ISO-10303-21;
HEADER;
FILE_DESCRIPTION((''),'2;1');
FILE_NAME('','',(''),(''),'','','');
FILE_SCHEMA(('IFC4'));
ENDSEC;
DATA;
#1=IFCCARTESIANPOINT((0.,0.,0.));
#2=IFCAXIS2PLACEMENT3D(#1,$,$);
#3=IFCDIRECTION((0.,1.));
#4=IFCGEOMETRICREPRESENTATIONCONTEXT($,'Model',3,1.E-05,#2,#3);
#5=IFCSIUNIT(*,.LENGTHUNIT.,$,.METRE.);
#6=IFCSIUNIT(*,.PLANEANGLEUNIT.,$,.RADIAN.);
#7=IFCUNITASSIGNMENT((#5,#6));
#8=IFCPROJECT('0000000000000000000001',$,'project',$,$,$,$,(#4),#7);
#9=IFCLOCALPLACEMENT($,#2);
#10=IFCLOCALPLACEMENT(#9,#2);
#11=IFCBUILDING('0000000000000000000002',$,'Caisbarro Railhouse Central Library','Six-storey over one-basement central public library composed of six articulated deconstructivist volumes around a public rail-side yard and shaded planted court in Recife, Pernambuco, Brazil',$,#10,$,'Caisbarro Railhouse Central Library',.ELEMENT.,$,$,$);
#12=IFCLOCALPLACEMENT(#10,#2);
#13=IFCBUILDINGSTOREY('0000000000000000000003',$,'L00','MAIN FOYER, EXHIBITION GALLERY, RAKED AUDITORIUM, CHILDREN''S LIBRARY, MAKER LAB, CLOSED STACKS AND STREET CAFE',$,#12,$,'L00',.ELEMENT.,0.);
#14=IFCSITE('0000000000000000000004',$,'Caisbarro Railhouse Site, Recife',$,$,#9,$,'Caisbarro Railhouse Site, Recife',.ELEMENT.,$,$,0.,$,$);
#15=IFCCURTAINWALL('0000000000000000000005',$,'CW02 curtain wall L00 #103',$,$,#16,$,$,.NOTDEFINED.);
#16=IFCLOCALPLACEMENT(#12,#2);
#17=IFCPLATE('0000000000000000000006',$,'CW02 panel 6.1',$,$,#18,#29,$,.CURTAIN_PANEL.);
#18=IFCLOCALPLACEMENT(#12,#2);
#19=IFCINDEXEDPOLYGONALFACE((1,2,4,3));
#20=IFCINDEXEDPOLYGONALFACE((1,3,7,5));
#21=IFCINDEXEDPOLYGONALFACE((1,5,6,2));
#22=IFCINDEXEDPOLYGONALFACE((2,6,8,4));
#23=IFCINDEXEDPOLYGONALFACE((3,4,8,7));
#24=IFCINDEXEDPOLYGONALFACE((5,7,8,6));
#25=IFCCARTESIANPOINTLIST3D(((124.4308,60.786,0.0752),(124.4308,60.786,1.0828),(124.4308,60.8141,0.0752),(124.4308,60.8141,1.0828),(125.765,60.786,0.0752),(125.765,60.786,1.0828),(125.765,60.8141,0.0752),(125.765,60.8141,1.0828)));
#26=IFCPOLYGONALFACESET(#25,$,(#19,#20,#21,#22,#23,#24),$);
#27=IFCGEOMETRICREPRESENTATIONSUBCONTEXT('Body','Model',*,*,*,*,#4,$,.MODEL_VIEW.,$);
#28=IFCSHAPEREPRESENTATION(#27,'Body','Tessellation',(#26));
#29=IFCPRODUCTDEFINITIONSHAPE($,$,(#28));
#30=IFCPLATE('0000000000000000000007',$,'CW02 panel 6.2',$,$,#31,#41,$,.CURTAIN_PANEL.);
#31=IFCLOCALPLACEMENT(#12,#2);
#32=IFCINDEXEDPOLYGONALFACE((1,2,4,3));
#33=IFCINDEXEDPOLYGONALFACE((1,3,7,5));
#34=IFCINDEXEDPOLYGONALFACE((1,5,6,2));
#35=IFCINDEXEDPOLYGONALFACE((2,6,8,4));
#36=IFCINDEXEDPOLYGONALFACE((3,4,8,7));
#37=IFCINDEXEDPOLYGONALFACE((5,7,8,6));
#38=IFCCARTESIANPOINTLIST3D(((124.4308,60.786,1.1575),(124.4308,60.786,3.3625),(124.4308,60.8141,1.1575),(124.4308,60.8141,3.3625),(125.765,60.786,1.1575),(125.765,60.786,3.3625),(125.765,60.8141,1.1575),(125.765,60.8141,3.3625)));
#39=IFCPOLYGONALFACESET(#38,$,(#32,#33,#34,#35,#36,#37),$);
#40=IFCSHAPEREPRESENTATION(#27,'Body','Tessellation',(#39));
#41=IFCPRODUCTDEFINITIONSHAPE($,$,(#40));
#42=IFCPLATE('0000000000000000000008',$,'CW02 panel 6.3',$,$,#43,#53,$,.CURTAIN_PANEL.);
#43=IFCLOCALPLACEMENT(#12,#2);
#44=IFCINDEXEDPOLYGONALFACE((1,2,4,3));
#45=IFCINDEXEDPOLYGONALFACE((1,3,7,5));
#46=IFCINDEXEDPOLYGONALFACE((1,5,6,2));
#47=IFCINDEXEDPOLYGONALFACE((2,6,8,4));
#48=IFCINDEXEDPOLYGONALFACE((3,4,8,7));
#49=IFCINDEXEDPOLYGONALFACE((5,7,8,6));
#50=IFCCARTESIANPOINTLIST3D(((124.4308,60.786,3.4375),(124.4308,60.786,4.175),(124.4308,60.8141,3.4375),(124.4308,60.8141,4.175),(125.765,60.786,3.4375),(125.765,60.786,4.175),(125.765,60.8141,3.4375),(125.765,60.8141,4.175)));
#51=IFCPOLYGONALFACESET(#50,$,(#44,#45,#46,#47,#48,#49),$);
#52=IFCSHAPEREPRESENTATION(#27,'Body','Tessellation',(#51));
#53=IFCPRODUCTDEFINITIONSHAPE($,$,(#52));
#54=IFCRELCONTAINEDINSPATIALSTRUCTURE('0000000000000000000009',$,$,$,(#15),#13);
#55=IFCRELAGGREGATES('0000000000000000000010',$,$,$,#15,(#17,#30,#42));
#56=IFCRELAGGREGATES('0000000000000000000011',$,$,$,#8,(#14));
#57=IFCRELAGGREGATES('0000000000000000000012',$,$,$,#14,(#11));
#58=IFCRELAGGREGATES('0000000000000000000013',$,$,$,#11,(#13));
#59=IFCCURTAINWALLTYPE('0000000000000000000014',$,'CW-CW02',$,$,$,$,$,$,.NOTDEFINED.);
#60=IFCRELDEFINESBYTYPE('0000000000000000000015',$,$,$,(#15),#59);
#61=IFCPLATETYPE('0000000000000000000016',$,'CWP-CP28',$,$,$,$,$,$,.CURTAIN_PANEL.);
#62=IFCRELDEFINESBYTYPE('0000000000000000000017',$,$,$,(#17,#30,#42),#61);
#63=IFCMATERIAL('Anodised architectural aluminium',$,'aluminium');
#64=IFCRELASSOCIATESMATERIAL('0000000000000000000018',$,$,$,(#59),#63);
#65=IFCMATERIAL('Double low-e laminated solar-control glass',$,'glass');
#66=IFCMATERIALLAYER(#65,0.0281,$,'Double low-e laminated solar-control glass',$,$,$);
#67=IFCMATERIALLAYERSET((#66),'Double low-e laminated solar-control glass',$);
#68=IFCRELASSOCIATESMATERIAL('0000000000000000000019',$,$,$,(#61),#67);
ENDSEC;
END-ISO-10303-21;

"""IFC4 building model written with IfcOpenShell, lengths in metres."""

from ifc_helpers import new_model, si_unit, direction, frame, origin, origin_2d, place, context, subcontext, project, spatial, rectangle, extrude, material, layer, layer_set, type_object, element, aggregate, save


model = new_model("IFC4")

# Units and contexts
model_context = context("Model", 3, precision=1e-05, world=origin(), true_north=direction((0.0, 1.0)))
body_context = subcontext(model_context, "Body", "Model", "MODEL_VIEW")
ifc_project = project(units=[si_unit("LENGTHUNIT", "METRE"), si_unit("PLANEANGLEUNIT", "RADIAN")], contexts=[model_context])

# Site, building, storey
site_placement = place(None, origin())
site = spatial("IfcSite", under=ifc_project, at=site_placement, Name="Caisbarro Railhouse Site, Recife", LongName="Caisbarro Railhouse Site, Recife", CompositionType="ELEMENT", RefElevation=0.0)
building_placement = place(site_placement, origin())
building = spatial("IfcBuilding", under=site, at=building_placement, Name="Caisbarro Railhouse Central Library", Description="Six-storey over one-basement central public library composed of six articulated deconstructivist volumes around a public rail-side yard and shaded planted court in Recife, Pernambuco, Brazil", LongName="Caisbarro Railhouse Central Library", CompositionType="ELEMENT")
storey_placement = place(building_placement, origin())
storey = spatial("IfcBuildingStorey", under=building, at=storey_placement, Name="L00", Description="MAIN FOYER, EXHIBITION GALLERY, RAKED AUDITORIUM, CHILDREN'S LIBRARY, MAKER LAB, CLOSED STACKS AND STREET CAFE", LongName="L00", CompositionType="ELEMENT", Elevation=0.0)

# Curtain wall, plates
ifc_material_1 = material(Name="Anodised architectural aluminium", Category="aluminium")
curtain_wall_type = type_object("IfcCurtainWallType", Name="CW-CW02", PredefinedType="NOTDEFINED", material=ifc_material_1)
curtain_wall_placement = place(storey_placement, origin())
curtain_wall = element("IfcCurtainWall", 1, at=curtain_wall_placement, inside=storey, type_object=curtain_wall_type, Name="CW02 curtain wall L00 #103", PredefinedType="NOTDEFINED")
ifc_material_2 = material(Name="Double low-e laminated solar-control glass", Category="glass")
ifc_layer = layer(ifc_material_2, 0.0281, Name="Double low-e laminated solar-control glass")
ifc_layer_set = layer_set([ifc_layer], Name="Double low-e laminated solar-control glass")
plate_type = type_object("IfcPlateType", Name="CWP-CP28", PredefinedType="CURTAIN_PANEL", material=ifc_layer_set)
plate_1_placement = place(storey_placement, frame((125.0979, 60.8, 0.0752), z_axis=(0.0, 0.0, 1.0), x_axis=(1.0, 0.0, 0.0)))
plate_1 = element("IfcPlate", 2, at=plate_1_placement, type_object=plate_type, Name="CW02 panel 6.1", PredefinedType="CURTAIN_PANEL", context=body_context, shape_type="SweptSolid", body=[
    extrude(rectangle(XDim=1.3342, YDim=0.0281, at=origin_2d()), origin(), (0.0, 0.0, 1.0), 1.0076),
])
plate_2_placement = place(storey_placement, frame((125.0979, 60.8, 1.1575), z_axis=(0.0, 0.0, 1.0), x_axis=(1.0, 0.0, 0.0)))
plate_2 = element("IfcPlate", 3, at=plate_2_placement, type_object=plate_type, Name="CW02 panel 6.2", PredefinedType="CURTAIN_PANEL", context=body_context, shape_type="SweptSolid", body=[
    extrude(rectangle(XDim=1.3342, YDim=0.0281, at=origin_2d()), origin(), (0.0, 0.0, 1.0), 2.2051),
])
plate_3_placement = place(storey_placement, frame((125.0979, 60.8, 3.4375), z_axis=(0.0, 0.0, 1.0), x_axis=(1.0, 0.0, 0.0)))
plate_3 = element("IfcPlate", 4, at=plate_3_placement, type_object=plate_type, Name="CW02 panel 6.3", PredefinedType="CURTAIN_PANEL", context=body_context, shape_type="SweptSolid", body=[
    extrude(rectangle(XDim=1.3342, YDim=0.0281, at=origin_2d()), origin(), (0.0, 0.0, 1.0), 0.7375),
])
aggregate(curtain_wall, [plate_1, plate_2, plate_3])

save(model, "model.ifc")
